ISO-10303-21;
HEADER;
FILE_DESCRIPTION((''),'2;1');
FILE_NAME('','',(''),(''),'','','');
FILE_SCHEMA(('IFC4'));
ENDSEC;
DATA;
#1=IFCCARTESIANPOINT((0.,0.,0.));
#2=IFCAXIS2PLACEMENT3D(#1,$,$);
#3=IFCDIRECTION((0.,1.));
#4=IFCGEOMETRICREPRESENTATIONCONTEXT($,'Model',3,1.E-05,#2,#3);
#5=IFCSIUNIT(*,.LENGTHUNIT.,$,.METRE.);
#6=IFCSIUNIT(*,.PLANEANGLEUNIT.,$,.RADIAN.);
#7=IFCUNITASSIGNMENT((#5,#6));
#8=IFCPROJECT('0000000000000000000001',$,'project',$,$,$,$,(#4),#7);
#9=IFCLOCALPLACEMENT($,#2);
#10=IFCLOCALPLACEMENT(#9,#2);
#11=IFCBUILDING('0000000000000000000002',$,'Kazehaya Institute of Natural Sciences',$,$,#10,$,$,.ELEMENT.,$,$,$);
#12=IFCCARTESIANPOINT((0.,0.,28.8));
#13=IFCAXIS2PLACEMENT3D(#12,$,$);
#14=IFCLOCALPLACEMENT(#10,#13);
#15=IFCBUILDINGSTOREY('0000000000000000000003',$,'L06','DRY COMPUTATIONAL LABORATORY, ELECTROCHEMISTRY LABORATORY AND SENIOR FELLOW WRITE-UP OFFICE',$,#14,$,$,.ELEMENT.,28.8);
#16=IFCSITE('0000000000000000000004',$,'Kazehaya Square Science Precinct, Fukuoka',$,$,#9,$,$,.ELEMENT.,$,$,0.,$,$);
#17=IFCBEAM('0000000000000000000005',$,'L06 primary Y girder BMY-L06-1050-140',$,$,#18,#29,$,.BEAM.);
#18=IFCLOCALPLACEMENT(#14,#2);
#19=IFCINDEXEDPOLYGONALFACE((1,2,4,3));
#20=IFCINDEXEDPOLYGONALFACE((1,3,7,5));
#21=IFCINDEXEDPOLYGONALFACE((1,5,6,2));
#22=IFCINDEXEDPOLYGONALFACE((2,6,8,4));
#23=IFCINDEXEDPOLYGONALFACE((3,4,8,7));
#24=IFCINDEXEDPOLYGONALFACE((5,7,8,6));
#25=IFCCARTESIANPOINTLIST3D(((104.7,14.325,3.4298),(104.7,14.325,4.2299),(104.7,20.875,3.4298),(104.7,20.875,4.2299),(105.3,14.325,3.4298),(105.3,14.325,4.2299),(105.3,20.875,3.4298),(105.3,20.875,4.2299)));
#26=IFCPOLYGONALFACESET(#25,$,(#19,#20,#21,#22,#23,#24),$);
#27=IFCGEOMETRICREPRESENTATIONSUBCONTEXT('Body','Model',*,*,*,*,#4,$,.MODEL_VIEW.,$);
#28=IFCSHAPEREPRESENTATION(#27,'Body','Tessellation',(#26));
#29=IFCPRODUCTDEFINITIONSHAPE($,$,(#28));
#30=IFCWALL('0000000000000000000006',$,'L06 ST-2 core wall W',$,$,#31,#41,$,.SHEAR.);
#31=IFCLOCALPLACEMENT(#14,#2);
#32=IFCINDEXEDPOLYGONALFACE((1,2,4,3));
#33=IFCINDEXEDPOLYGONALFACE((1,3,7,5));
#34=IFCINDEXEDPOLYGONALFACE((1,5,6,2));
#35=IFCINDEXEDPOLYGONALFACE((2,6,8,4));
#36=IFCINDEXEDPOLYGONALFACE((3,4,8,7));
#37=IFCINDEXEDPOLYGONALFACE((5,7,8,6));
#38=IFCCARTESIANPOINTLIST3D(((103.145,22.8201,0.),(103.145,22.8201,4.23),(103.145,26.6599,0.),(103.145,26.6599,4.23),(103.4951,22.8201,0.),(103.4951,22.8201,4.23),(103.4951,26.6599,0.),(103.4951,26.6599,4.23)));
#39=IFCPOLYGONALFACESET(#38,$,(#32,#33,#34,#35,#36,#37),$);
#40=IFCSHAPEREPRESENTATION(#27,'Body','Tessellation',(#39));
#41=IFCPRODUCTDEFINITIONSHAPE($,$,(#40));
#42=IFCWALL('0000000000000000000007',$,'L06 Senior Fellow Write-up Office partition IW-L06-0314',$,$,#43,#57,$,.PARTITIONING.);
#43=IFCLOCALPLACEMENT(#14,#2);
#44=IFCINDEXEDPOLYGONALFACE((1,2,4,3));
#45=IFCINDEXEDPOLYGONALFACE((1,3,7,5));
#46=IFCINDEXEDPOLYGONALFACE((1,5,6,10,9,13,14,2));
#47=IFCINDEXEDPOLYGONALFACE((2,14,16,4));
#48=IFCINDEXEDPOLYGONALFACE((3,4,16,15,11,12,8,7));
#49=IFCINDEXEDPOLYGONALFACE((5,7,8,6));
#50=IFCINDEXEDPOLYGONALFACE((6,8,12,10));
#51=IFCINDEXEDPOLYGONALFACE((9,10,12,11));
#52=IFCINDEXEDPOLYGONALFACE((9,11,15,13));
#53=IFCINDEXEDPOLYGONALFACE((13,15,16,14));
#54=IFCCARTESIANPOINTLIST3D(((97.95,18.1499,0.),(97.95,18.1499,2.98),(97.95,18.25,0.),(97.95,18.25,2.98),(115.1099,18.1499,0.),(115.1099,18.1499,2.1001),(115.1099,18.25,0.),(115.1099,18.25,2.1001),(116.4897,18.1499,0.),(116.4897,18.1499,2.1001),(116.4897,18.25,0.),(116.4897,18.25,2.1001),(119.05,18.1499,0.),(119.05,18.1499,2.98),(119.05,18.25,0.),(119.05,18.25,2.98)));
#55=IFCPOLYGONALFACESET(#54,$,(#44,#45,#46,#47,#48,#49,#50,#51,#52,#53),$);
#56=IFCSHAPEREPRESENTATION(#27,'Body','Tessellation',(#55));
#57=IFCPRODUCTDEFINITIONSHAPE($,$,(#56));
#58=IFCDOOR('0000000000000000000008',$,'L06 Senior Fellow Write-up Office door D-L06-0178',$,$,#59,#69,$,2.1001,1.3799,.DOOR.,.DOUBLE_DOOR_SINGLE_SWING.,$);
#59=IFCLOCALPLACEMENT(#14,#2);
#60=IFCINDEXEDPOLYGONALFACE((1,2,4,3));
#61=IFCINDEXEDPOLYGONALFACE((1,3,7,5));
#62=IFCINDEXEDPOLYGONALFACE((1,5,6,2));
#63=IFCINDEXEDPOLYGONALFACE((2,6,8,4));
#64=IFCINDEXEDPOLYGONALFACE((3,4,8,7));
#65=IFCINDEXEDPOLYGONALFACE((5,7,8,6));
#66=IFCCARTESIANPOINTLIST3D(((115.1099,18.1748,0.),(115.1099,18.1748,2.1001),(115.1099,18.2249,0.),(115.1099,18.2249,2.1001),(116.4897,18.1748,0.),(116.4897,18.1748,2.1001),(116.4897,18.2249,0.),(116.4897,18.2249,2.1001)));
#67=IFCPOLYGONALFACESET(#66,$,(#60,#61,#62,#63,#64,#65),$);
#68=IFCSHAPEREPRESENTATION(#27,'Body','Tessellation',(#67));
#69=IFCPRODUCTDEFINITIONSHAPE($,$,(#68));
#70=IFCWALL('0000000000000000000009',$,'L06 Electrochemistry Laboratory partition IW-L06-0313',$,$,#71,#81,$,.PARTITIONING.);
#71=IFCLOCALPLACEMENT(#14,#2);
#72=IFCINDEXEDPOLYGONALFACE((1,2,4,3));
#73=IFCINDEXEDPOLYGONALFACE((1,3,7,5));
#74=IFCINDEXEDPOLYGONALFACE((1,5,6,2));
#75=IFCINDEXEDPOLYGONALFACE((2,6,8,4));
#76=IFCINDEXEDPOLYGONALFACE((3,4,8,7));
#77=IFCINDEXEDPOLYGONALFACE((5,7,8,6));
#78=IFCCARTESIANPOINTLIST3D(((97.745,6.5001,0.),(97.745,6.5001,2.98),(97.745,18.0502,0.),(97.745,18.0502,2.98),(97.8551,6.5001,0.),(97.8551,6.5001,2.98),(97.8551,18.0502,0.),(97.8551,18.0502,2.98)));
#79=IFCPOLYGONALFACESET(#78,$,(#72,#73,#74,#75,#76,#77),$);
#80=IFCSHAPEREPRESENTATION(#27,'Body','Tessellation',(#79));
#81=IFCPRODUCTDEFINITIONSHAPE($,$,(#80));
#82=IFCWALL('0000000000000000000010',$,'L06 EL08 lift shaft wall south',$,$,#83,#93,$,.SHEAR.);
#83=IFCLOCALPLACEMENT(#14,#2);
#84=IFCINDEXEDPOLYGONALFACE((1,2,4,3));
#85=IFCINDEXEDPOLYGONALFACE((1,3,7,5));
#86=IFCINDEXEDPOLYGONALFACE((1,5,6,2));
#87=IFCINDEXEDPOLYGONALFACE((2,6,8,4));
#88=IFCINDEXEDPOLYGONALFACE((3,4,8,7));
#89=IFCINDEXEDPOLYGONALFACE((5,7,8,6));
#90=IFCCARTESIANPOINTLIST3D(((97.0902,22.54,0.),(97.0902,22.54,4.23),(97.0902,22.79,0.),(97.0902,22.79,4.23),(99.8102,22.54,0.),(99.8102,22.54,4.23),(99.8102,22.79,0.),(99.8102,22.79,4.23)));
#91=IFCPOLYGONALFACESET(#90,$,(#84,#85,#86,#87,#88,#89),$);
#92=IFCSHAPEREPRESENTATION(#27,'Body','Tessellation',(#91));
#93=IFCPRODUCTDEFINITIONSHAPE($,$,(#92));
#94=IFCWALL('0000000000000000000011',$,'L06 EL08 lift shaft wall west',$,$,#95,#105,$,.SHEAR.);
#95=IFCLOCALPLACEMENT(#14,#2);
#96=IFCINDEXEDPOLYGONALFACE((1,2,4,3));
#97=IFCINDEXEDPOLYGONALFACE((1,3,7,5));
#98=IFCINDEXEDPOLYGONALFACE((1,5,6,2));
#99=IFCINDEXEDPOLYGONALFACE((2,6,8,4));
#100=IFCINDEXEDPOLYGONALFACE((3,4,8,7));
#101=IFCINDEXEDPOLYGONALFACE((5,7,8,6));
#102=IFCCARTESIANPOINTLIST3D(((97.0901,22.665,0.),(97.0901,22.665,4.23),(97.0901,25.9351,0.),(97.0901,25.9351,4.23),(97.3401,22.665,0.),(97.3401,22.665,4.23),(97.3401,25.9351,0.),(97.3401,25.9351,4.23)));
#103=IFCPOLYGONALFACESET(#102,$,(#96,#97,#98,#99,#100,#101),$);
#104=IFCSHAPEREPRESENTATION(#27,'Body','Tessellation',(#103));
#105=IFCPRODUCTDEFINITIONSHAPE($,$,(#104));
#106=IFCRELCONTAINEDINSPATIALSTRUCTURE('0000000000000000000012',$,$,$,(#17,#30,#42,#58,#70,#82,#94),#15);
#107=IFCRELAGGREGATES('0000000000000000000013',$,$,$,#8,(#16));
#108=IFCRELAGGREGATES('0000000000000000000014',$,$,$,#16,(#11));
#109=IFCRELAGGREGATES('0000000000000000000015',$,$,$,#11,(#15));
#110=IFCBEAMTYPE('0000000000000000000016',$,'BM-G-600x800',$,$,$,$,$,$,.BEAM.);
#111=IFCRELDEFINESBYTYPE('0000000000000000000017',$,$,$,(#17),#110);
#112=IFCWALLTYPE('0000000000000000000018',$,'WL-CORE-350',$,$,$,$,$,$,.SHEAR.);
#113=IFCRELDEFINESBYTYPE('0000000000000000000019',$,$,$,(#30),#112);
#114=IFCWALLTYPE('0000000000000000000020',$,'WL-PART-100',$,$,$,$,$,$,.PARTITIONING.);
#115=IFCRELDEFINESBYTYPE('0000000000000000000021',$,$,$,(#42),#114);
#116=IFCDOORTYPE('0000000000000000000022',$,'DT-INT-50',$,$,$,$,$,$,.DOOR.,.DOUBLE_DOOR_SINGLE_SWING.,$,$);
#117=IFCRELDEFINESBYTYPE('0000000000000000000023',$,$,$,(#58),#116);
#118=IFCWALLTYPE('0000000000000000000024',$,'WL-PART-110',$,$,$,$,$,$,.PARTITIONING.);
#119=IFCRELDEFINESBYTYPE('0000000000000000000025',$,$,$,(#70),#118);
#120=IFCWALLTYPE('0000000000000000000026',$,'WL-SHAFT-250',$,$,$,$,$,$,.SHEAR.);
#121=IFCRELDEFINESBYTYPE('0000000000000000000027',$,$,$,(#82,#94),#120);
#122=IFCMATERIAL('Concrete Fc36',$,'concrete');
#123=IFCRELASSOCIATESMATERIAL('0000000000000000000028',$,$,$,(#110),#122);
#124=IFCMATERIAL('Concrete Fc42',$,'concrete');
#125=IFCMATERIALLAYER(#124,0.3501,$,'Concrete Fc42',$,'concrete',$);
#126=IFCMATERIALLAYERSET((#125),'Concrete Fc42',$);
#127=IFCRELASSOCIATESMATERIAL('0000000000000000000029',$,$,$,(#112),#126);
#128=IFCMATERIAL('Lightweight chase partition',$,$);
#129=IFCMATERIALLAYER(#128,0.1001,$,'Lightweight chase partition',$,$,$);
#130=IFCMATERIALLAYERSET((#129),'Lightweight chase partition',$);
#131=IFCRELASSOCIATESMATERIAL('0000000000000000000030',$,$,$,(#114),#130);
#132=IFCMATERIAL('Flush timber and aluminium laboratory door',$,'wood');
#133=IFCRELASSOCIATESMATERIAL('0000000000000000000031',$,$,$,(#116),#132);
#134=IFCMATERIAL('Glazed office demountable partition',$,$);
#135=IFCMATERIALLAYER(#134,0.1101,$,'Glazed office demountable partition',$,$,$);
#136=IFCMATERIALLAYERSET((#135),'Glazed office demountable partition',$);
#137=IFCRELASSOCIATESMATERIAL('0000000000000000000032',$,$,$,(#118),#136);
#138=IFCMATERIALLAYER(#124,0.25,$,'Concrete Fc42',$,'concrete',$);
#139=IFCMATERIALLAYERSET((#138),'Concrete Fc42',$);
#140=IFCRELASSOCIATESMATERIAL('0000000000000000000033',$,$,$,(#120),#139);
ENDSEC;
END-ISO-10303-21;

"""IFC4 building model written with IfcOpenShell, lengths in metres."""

from ifc_helpers import new_model, si_unit, direction, frame, frame_2d, origin, origin_2d, place, context, subcontext, project, spatial, rectangle, extrude, material, layer, layer_set, material_profile, profile_set, type_object, element, fill, save


model = new_model("IFC4")

# Units and contexts
model_context = context("Model", 3, precision=1e-05, world=origin(), true_north=direction((0.0, 1.0)))
body_context = subcontext(model_context, "Body", "Model", "MODEL_VIEW")
ifc_project = project(units=[si_unit("LENGTHUNIT", "METRE"), si_unit("PLANEANGLEUNIT", "RADIAN")], contexts=[model_context])

# Site, building, storey
site_placement = place(None, origin())
site = spatial("IfcSite", under=ifc_project, at=site_placement, Name="Kazehaya Square Science Precinct, Fukuoka", CompositionType="ELEMENT", RefElevation=0.0)
building_placement = place(site_placement, origin())
building = spatial("IfcBuilding", under=site, at=building_placement, Name="Kazehaya Institute of Natural Sciences", CompositionType="ELEMENT")
storey_placement = place(building_placement, frame((0.0, 0.0, 28.8)))
storey = spatial("IfcBuildingStorey", under=building, at=storey_placement, Name="L06", Description="DRY COMPUTATIONAL LABORATORY, ELECTROCHEMISTRY LABORATORY AND SENIOR FELLOW WRITE-UP OFFICE", CompositionType="ELEMENT", Elevation=28.8)

# Shared definitions
ifc_material_1 = material(Name="Concrete Fc36", Category="concrete")

# Beam
ifc_material_profile_1 = material_profile(ifc_material_1, rectangle(XDim=0.6001, YDim=0.8, at=origin_2d()), Name="RC-600x800")
ifc_profile_set_1 = profile_set([ifc_material_profile_1], Name="Concrete Fc36")
beam_type_1 = type_object("IfcBeamType", Name="BM-G-600x800", PredefinedType="BEAM", material=ifc_profile_set_1)
beam_1_placement = place(storey_placement, frame((105.0, 14.325, 3.8298), z_axis=(0.0, 1.0, 0.0), x_axis=(-1.0, 0.0, 0.0)))
element("IfcBeam", 1, at=beam_1_placement, inside=storey, type_object=beam_type_1, Name="L06 primary Y girder BMY-L06-1050-140", PredefinedType="BEAM", context=body_context, shape_type="SweptSolid", body=[
    extrude(rectangle(XDim=0.6001, YDim=0.8, at=origin_2d()), origin(), (0.0, 0.0, 1.0), 6.55),
])

# Wall
ifc_material_2 = material(Name="Concrete Fc42", Category="concrete")
ifc_layer_1 = layer(ifc_material_2, 0.3501, Name="Concrete Fc42", Category="concrete")
ifc_layer_set_1 = layer_set([ifc_layer_1], Name="Concrete Fc42")
wall_type_1 = type_object("IfcWallType", Name="WL-CORE-350", PredefinedType="SHEAR", material=ifc_layer_set_1)
wall_1_placement = place(storey_placement, frame((103.3201, 22.8201, 0.0), z_axis=(0.0, 0.0, 1.0), x_axis=(0.0, 1.0, 0.0)))
element("IfcWall", 2, at=wall_1_placement, inside=storey, type_object=wall_type_1, Name="L06 ST-2 core wall W", PredefinedType="SHEAR", context=body_context, shape_type="SweptSolid", body=[
    extrude(rectangle(XDim=3.8398, YDim=0.3501, at=frame_2d((1.9199, 0.0))), origin(), (0.0, 0.0, 1.0), 4.23),
])

# Wall, opening, door
ifc_material_3 = material(Name="Lightweight chase partition")
ifc_layer_2 = layer(ifc_material_3, 0.1001, Name="Lightweight chase partition")
ifc_layer_set_2 = layer_set([ifc_layer_2], Name="Lightweight chase partition")
wall_type_2 = type_object("IfcWallType", Name="WL-PART-100", PredefinedType="PARTITIONING", material=ifc_layer_set_2)
wall_2_placement = place(storey_placement, frame((97.95, 18.2, 0.0), z_axis=(0.0, 0.0, 1.0), x_axis=(1.0, 0.0, 0.0)))
wall_2 = element("IfcWall", 3, at=wall_2_placement, inside=storey, type_object=wall_type_2, Name="L06 Senior Fellow Write-up Office partition IW-L06-0314", PredefinedType="PARTITIONING", context=body_context, shape_type="SweptSolid", body=[
    extrude(rectangle(XDim=21.1001, YDim=0.1001, at=frame_2d((10.55, 0.0))), origin(), (0.0, 0.0, 1.0), 2.98),
])
opening_1_placement = place(wall_2_placement, frame((17.1599, 0.0, 0.0)))
opening_1 = element("IfcOpeningElement", 4, at=opening_1_placement, cuts=wall_2, PredefinedType="OPENING", context=body_context, shape_type="SweptSolid", body=[
    extrude(rectangle(XDim=1.3799, YDim=2.1001, at=frame_2d((0.6899, 1.05))), frame((0.0, 0.0601, 0.0), z_axis=(0.0, -1.0, 0.0), x_axis=(1.0, 0.0, 0.0)), (0.0, 0.0, 1.0), 0.1201),
])
ifc_material_4 = material(Name="Flush timber and aluminium laboratory door", Category="wood")
door_type_1 = type_object("IfcDoorType", Name="DT-INT-50", OperationType="DOUBLE_DOOR_SINGLE_SWING", PredefinedType="DOOR", material=ifc_material_4)
door_1_placement = place(opening_1_placement, origin())
door_1 = element("IfcDoor", 5, at=door_1_placement, inside=storey, type_object=door_type_1, Name="L06 Senior Fellow Write-up Office door D-L06-0178", OperationType="DOUBLE_DOOR_SINGLE_SWING", OverallHeight=2.1001, OverallWidth=1.3799, PredefinedType="DOOR", context=body_context, shape_type="SweptSolid", body=[
    extrude(rectangle(XDim=1.3799, YDim=2.1001, at=frame_2d((0.6899, 1.05))), frame((0.0, 0.0249, 0.0), z_axis=(0.0, -1.0, 0.0), x_axis=(1.0, 0.0, 0.0)), (0.0, 0.0, 1.0), 0.05),
])
fill(opening_1, door_1)

# Walls
ifc_material_5 = material(Name="Glazed office demountable partition")
ifc_layer_3 = layer(ifc_material_5, 0.1101, Name="Glazed office demountable partition")
ifc_layer_set_3 = layer_set([ifc_layer_3], Name="Glazed office demountable partition")
wall_type_3 = type_object("IfcWallType", Name="WL-PART-110", PredefinedType="PARTITIONING", material=ifc_layer_set_3)
wall_3_placement = place(storey_placement, frame((97.8, 18.05, 0.0), z_axis=(0.0, 0.0, 1.0), x_axis=(0.0, -1.0, 0.0)))
element("IfcWall", 6, at=wall_3_placement, inside=storey, type_object=wall_type_3, Name="L06 Electrochemistry Laboratory partition IW-L06-0313", PredefinedType="PARTITIONING", context=body_context, shape_type="SweptSolid", body=[
    extrude(rectangle(XDim=11.55, YDim=0.1101, at=frame_2d((5.7749, 0.0))), origin(), (0.0, 0.0, 1.0), 2.98),
])
ifc_layer_4 = layer(ifc_material_2, 0.25, Name="Concrete Fc42", Category="concrete")
ifc_layer_set_4 = layer_set([ifc_layer_4], Name="Concrete Fc42")
wall_type_4 = type_object("IfcWallType", Name="WL-SHAFT-250", PredefinedType="SHEAR", material=ifc_layer_set_4)
wall_4_placement = place(storey_placement, frame((99.8101, 22.665, 0.0), z_axis=(0.0, 0.0, 1.0), x_axis=(-1.0, 0.0, 0.0)))
element("IfcWall", 7, at=wall_4_placement, inside=storey, type_object=wall_type_4, Name="L06 EL08 lift shaft wall south", PredefinedType="SHEAR", context=body_context, shape_type="SweptSolid", body=[
    extrude(rectangle(XDim=2.72, YDim=0.25, at=frame_2d((1.3599, 0.0))), origin(), (0.0, 0.0, 1.0), 4.23),
])
wall_5_placement = place(storey_placement, frame((97.2151, 22.665, 0.0), z_axis=(0.0, 0.0, 1.0), x_axis=(0.0, 1.0, 0.0)))
element("IfcWall", 8, at=wall_5_placement, inside=storey, type_object=wall_type_4, Name="L06 EL08 lift shaft wall west", PredefinedType="SHEAR", context=body_context, shape_type="SweptSolid", body=[
    extrude(rectangle(XDim=3.27, YDim=0.25, at=frame_2d((1.635, 0.0))), origin(), (0.0, 0.0, 1.0), 4.23),
])

save(model, "model.ifc")
